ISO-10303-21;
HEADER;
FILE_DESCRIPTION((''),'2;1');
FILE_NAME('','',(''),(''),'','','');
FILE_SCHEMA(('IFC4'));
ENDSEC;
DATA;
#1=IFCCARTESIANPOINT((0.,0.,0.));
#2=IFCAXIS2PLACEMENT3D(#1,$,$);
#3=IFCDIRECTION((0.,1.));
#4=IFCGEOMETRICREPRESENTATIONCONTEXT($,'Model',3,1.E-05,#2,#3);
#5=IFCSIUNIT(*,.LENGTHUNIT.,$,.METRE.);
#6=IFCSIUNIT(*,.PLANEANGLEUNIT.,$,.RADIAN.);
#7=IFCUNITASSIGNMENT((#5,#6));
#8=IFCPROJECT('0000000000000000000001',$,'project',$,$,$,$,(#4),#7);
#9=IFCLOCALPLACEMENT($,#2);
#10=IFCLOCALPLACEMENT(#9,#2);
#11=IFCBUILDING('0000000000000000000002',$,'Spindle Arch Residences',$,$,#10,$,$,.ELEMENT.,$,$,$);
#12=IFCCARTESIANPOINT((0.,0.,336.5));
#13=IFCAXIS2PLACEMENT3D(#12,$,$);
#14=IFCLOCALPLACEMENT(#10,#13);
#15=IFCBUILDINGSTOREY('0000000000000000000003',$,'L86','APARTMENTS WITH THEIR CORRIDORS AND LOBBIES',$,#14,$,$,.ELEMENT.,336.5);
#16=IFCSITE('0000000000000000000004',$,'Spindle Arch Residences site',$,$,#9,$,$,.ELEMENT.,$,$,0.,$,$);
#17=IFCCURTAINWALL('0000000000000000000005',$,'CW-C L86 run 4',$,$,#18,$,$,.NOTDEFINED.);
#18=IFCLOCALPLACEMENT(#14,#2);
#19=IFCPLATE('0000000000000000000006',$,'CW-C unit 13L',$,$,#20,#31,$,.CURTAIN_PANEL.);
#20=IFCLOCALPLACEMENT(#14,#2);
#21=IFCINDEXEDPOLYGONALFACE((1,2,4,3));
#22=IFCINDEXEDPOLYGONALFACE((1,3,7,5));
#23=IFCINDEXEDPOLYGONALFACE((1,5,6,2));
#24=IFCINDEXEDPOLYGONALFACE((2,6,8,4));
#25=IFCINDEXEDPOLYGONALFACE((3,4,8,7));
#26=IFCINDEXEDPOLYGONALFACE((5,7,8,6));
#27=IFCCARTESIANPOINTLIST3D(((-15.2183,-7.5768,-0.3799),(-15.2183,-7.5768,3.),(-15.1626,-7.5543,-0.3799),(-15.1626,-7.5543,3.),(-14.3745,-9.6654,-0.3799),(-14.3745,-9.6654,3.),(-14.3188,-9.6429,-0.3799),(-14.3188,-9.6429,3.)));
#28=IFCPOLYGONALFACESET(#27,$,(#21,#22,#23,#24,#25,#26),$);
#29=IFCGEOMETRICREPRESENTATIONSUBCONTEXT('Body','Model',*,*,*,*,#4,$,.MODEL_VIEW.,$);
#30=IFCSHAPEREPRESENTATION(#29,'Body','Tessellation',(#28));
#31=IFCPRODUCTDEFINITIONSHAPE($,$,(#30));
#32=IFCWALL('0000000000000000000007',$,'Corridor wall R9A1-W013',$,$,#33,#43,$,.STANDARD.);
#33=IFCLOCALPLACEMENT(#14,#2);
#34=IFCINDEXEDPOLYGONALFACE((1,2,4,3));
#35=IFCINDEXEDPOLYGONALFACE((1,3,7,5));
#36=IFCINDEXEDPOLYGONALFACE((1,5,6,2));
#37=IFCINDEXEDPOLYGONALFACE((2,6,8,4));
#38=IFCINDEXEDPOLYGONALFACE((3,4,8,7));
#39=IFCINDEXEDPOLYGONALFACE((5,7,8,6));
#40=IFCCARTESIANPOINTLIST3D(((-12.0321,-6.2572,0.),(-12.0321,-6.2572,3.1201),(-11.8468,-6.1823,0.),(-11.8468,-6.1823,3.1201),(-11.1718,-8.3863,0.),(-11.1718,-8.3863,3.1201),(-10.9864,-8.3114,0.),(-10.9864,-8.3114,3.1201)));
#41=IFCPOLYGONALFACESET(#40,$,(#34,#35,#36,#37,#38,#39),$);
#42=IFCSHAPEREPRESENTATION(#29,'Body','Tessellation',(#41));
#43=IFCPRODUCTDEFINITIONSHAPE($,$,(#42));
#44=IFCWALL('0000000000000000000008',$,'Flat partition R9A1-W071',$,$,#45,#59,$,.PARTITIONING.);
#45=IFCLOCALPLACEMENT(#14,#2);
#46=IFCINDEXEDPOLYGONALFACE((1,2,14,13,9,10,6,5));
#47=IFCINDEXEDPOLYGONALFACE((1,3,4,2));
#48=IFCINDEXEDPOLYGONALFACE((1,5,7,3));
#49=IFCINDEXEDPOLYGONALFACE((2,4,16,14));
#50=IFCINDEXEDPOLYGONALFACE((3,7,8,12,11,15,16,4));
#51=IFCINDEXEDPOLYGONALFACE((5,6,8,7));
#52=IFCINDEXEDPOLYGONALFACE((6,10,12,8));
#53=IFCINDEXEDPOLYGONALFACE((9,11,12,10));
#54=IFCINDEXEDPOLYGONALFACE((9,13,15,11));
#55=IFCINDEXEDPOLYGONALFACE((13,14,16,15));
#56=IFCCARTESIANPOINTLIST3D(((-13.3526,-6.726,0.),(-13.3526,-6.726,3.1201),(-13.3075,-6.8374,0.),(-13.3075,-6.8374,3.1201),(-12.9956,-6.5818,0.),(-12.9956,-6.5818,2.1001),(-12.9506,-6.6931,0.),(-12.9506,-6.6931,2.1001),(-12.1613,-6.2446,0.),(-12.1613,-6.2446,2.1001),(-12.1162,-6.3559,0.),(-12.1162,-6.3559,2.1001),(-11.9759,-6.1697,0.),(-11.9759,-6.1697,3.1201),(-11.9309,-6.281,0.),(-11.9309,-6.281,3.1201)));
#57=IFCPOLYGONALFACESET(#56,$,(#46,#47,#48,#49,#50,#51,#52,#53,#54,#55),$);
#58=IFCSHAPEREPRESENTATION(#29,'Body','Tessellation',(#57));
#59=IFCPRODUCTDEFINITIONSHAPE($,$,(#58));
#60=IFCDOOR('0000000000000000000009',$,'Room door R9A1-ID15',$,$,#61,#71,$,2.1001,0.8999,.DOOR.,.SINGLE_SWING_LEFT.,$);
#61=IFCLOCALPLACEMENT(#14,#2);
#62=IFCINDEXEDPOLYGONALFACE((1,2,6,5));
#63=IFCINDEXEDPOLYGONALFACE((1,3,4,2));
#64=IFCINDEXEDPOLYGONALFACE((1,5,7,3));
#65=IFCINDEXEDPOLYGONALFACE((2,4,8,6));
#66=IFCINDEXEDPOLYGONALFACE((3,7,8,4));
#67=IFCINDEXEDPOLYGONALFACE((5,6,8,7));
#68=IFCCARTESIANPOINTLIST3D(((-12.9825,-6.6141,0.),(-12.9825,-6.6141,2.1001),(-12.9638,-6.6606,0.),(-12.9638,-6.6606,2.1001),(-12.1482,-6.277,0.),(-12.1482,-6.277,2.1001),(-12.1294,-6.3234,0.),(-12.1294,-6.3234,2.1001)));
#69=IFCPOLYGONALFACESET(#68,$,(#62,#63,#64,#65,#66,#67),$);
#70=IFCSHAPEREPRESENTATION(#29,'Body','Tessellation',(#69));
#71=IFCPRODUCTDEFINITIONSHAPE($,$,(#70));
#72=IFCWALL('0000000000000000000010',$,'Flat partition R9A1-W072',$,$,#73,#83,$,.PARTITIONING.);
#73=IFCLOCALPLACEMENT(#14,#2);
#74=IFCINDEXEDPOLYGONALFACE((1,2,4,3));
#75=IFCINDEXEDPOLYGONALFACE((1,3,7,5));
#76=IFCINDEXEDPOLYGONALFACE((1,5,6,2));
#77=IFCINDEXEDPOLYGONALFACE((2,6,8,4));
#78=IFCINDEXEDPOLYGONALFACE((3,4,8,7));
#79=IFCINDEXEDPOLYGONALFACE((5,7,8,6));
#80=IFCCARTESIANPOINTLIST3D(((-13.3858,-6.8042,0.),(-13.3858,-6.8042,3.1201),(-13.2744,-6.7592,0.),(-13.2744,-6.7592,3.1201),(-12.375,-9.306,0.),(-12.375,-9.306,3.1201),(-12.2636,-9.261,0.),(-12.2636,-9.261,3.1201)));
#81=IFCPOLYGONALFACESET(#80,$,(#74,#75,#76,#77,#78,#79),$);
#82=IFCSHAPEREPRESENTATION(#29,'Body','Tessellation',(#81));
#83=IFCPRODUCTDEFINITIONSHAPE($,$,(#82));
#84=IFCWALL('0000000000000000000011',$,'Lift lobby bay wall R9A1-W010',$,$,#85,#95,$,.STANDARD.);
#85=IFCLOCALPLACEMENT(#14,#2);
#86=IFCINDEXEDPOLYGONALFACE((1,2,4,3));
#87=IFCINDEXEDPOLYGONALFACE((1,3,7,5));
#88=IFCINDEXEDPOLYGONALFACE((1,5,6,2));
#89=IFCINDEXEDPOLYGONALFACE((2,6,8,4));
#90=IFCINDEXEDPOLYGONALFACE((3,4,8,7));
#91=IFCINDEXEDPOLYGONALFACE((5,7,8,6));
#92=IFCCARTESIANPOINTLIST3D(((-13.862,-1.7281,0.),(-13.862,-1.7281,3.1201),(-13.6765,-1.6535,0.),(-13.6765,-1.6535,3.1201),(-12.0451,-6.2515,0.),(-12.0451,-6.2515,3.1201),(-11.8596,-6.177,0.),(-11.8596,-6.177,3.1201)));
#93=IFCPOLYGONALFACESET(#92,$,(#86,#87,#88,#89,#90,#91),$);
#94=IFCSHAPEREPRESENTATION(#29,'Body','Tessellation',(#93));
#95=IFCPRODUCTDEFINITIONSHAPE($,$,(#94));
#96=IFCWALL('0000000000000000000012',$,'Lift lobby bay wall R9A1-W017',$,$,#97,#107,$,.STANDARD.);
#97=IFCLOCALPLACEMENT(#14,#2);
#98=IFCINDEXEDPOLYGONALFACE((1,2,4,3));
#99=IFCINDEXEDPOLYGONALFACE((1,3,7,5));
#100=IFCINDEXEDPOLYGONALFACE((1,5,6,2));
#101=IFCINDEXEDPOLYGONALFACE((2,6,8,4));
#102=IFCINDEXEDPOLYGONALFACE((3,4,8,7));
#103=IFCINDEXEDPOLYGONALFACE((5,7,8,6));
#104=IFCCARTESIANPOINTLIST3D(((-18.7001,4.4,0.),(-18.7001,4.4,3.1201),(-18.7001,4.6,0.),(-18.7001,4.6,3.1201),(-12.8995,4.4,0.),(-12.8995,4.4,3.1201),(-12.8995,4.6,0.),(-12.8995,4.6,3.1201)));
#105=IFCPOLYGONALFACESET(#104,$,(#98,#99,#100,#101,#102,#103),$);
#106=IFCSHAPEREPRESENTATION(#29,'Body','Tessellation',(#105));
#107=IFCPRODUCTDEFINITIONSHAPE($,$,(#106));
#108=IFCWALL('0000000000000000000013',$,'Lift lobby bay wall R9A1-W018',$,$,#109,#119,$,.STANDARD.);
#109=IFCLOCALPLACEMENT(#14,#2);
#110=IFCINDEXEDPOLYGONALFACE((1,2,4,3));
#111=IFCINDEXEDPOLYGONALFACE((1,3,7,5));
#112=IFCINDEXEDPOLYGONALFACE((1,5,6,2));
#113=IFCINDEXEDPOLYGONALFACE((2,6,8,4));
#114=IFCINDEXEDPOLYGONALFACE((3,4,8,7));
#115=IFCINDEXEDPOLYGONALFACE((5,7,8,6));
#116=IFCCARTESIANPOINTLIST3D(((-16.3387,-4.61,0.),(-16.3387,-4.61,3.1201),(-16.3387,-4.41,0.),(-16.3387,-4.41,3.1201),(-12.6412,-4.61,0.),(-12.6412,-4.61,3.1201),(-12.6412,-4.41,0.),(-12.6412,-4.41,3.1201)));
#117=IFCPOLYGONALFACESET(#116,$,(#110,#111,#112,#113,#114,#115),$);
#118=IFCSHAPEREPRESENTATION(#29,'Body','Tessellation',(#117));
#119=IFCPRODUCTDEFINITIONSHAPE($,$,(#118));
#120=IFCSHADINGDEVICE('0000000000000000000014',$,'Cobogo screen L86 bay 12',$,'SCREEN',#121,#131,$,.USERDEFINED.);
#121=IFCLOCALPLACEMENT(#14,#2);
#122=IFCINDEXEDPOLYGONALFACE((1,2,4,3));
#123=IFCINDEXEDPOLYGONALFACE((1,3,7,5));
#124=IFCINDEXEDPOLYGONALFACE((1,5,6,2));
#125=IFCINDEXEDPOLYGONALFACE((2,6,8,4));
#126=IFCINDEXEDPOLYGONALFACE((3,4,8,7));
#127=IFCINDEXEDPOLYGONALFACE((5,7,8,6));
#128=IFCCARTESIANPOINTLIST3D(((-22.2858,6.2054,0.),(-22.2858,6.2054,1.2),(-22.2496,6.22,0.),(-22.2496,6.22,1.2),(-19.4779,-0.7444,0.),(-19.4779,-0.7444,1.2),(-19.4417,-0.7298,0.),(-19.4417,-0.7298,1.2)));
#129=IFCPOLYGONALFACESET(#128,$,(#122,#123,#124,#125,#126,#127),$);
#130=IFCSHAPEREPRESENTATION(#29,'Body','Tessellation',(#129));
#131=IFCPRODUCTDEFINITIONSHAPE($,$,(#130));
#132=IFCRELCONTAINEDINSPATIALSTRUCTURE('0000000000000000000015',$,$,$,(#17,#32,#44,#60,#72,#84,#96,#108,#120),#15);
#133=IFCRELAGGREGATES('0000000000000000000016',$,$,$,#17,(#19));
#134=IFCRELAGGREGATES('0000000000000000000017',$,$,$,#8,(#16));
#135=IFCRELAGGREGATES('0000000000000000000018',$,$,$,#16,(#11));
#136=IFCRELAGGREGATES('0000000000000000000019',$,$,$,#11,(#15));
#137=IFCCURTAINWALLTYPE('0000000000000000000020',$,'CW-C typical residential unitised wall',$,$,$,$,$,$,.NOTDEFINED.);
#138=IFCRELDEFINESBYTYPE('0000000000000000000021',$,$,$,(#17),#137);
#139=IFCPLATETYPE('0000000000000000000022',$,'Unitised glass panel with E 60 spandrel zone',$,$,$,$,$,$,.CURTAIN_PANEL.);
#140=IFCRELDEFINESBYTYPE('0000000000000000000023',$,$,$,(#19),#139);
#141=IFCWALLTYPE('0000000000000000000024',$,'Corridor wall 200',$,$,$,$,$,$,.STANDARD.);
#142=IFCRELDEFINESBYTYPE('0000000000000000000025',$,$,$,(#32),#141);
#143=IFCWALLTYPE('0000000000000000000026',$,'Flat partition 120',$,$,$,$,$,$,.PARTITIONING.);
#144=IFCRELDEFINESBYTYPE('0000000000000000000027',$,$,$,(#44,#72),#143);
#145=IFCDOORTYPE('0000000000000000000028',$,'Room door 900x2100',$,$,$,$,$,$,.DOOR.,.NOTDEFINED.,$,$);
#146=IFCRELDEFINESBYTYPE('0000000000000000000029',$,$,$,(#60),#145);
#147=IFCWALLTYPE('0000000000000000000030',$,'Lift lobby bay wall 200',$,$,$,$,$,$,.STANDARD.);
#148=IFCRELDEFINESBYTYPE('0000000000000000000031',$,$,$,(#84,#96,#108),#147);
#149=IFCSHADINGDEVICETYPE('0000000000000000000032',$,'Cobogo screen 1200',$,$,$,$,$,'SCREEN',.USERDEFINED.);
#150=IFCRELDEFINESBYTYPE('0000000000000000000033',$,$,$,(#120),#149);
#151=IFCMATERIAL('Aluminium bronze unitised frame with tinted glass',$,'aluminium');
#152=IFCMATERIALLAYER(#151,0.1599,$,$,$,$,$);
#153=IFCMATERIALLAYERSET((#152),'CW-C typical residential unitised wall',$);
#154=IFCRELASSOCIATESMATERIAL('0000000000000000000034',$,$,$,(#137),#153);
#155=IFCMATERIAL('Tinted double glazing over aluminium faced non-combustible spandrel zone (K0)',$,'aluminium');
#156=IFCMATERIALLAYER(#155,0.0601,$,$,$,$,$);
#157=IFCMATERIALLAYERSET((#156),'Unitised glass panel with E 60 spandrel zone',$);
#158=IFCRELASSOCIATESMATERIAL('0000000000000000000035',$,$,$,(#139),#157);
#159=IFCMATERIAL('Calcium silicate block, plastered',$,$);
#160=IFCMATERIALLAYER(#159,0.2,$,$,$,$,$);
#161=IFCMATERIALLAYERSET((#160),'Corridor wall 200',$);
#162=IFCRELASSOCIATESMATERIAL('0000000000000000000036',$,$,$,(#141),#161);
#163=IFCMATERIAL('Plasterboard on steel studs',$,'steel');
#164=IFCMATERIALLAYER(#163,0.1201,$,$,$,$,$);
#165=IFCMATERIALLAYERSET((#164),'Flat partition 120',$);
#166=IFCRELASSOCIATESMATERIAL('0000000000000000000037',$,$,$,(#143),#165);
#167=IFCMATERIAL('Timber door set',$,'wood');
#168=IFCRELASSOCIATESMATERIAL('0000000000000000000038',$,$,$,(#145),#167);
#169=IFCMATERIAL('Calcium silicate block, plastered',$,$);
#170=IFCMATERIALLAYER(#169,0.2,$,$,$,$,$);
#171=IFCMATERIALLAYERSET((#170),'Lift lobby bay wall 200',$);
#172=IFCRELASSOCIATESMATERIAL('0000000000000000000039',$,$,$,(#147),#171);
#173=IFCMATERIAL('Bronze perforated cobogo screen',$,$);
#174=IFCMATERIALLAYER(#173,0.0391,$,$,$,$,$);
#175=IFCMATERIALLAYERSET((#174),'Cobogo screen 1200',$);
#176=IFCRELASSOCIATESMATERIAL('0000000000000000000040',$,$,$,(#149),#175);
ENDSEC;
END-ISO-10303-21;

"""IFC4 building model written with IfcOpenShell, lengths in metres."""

from ifc_helpers import new_model, si_unit, direction, frame, frame_2d, origin, origin_2d, place, context, subcontext, project, spatial, rectangle, extrude, material, layer, layer_set, type_object, element, fill, aggregate, save


model = new_model("IFC4")

# Units and contexts
model_context = context("Model", 3, precision=1e-05, world=origin(), true_north=direction((0.0, 1.0)))
body_context = subcontext(model_context, "Body", "Model", "MODEL_VIEW")
ifc_project = project(units=[si_unit("LENGTHUNIT", "METRE"), si_unit("PLANEANGLEUNIT", "RADIAN")], contexts=[model_context])

# Site, building, storey
site_placement = place(None, origin())
site = spatial("IfcSite", under=ifc_project, at=site_placement, Name="Spindle Arch Residences site", CompositionType="ELEMENT", RefElevation=0.0)
building_placement = place(site_placement, origin())
building = spatial("IfcBuilding", under=site, at=building_placement, Name="Spindle Arch Residences", CompositionType="ELEMENT")
storey_placement = place(building_placement, frame((0.0, 0.0, 336.5)))
storey = spatial("IfcBuildingStorey", under=building, at=storey_placement, Name="L86", Description="APARTMENTS WITH THEIR CORRIDORS AND LOBBIES", CompositionType="ELEMENT", Elevation=336.5)

# Curtain wall
ifc_material_1 = material(Name="Aluminium bronze unitised frame with tinted glass", Category="aluminium")
ifc_layer_1 = layer(ifc_material_1, 0.1599)
ifc_layer_set_1 = layer_set([ifc_layer_1], Name="CW-C typical residential unitised wall")
curtain_wall_type = type_object("IfcCurtainWallType", Name="CW-C typical residential unitised wall", PredefinedType="NOTDEFINED", material=ifc_layer_set_1)
curtain_wall_placement = place(storey_placement, origin())
curtain_wall = element("IfcCurtainWall", 1, at=curtain_wall_placement, inside=storey, type_object=curtain_wall_type, Name="CW-C L86 run 4", PredefinedType="NOTDEFINED")

# Plate
ifc_material_2 = material(Name="Tinted double glazing over aluminium faced non-combustible spandrel zone (K0)", Category="aluminium")
ifc_layer_2 = layer(ifc_material_2, 0.0601)
ifc_layer_set_2 = layer_set([ifc_layer_2], Name="Unitised glass panel with E 60 spandrel zone")
plate_type = type_object("IfcPlateType", Name="Unitised glass panel with E 60 spandrel zone", PredefinedType="CURTAIN_PANEL", material=ifc_layer_set_2)
plate_1_placement = place(storey_placement, frame((-14.7686, -8.6099, -0.3799), z_axis=(0.0, 0.0, 1.0), x_axis=(0.374607, -0.927184, 0.0)))
plate_1 = element("IfcPlate", 2, at=plate_1_placement, type_object=plate_type, Name="CW-C unit 13L", PredefinedType="CURTAIN_PANEL", context=body_context, shape_type="SweptSolid", body=[
    extrude(rectangle(XDim=2.2527, YDim=0.0601, at=origin_2d()), origin(), (0.0, 0.0, 1.0), 3.3799),
])
aggregate(curtain_wall, [plate_1])

# Wall
ifc_material_3 = material(Name="Calcium silicate block, plastered")
ifc_layer_3 = layer(ifc_material_3, 0.2)
ifc_layer_set_3 = layer_set([ifc_layer_3], Name="Corridor wall 200")
wall_type_1 = type_object("IfcWallType", Name="Corridor wall 200", PredefinedType="STANDARD", material=ifc_layer_set_3)
wall_1_placement = place(storey_placement, frame((-11.9395, -6.2197, 0.0), z_axis=(0.0, 0.0, 1.0), x_axis=(0.374651, -0.927166, 0.0)))
element("IfcWall", 3, at=wall_1_placement, inside=storey, type_object=wall_type_1, Name="Corridor wall R9A1-W013", PredefinedType="STANDARD", context=body_context, shape_type="SweptSolid", body=[
    extrude(rectangle(XDim=2.2964, YDim=0.2, at=frame_2d((1.1482, 0.0))), origin(), (0.0, 0.0, 1.0), 3.1201),
])

# Wall, opening, door
ifc_material_4 = material(Name="Plasterboard on steel studs", Category="steel")
ifc_layer_4 = layer(ifc_material_4, 0.1201)
ifc_layer_set_4 = layer_set([ifc_layer_4], Name="Flat partition 120")
wall_type_2 = type_object("IfcWallType", Name="Flat partition 120", PredefinedType="PARTITIONING", material=ifc_layer_set_4)
wall_2_placement = place(storey_placement, frame((-11.9534, -6.2253, 0.0), z_axis=(0.0, 0.0, 1.0), x_axis=(-0.927144, -0.374705, 0.0)))
wall_2 = element("IfcWall", 4, at=wall_2_placement, inside=storey, type_object=wall_type_2, Name="Flat partition R9A1-W071", PredefinedType="PARTITIONING", context=body_context, shape_type="SweptSolid", body=[
    extrude(rectangle(XDim=1.4849, YDim=0.1201, at=frame_2d((0.7424, 0.0))), origin(), (0.0, 0.0, 1.0), 3.1201),
])
opening_1_placement = place(wall_2_placement, frame((0.2, 0.0, 0.0)))
opening_1 = element("IfcOpeningElement", 5, at=opening_1_placement, cuts=wall_2, PredefinedType="OPENING", context=body_context, shape_type="SweptSolid", body=[
    extrude(rectangle(XDim=0.8999, YDim=2.1001, at=frame_2d((0.45, 1.05))), frame((0.0, 0.0701, 0.0), z_axis=(0.0, -1.0, 0.0), x_axis=(1.0, 0.0, 0.0)), (0.0, 0.0, 1.0), 0.1401),
])
ifc_material_5 = material(Name="Timber door set", Category="wood")
door_type_1 = type_object("IfcDoorType", Name="Room door 900x2100", OperationType="NOTDEFINED", PredefinedType="DOOR", material=ifc_material_5)
door_1_placement = place(opening_1_placement, origin())
door_1 = element("IfcDoor", 6, at=door_1_placement, inside=storey, type_object=door_type_1, Name="Room door R9A1-ID15", OperationType="SINGLE_SWING_LEFT", OverallHeight=2.1001, OverallWidth=0.8999, PredefinedType="DOOR", context=body_context, shape_type="SweptSolid", body=[
    extrude(rectangle(XDim=0.8999, YDim=2.1001, at=frame_2d((0.45, 1.05))), frame((0.0, 0.0249, 0.0), z_axis=(0.0, -1.0, 0.0), x_axis=(1.0, 0.0, 0.0)), (0.0, 0.0, 1.0), 0.05),
])
fill(opening_1, door_1)

# Wall
wall_3_placement = place(storey_placement, frame((-13.3301, -6.7817, 0.0), z_axis=(0.0, 0.0, 1.0), x_axis=(0.374602, -0.927186, 0.0)))
element("IfcWall", 7, at=wall_3_placement, inside=storey, type_object=wall_type_2, Name="Flat partition R9A1-W072", PredefinedType="PARTITIONING", context=body_context, shape_type="SweptSolid", body=[
    extrude(rectangle(XDim=2.6982, YDim=0.1201, at=frame_2d((1.3491, 0.0))), origin(), (0.0, 0.0, 1.0), 3.1201),
])

# Walls
ifc_material_6 = material(Name="Calcium silicate block, plastered")
ifc_layer_5 = layer(ifc_material_6, 0.2)
ifc_layer_set_5 = layer_set([ifc_layer_5], Name="Lift lobby bay wall 200")
wall_type_3 = type_object("IfcWallType", Name="Lift lobby bay wall 200", PredefinedType="STANDARD", material=ifc_layer_set_5)
wall_4_placement = place(storey_placement, frame((-13.7693, -1.6907, 0.0), z_axis=(0.0, 0.0, 1.0), x_axis=(0.37272, -0.927944, 0.0)))
element("IfcWall", 8, at=wall_4_placement, inside=storey, type_object=wall_type_3, Name="Lift lobby bay wall R9A1-W010", PredefinedType="STANDARD", context=body_context, shape_type="SweptSolid", body=[
    extrude(rectangle(XDim=4.8748, YDim=0.2, at=frame_2d((2.4375, 0.0))), origin(), (0.0, 0.0, 1.0), 3.1201),
])
wall_5_placement = place(storey_placement, frame((-12.8994, 4.5, 0.0), z_axis=(0.0, 0.0, 1.0), x_axis=(-1.0, 0.0, 0.0)))
element("IfcWall", 9, at=wall_5_placement, inside=storey, type_object=wall_type_3, Name="Lift lobby bay wall R9A1-W017", PredefinedType="STANDARD", context=body_context, shape_type="SweptSolid", body=[
    extrude(rectangle(XDim=5.8005, YDim=0.2, at=frame_2d((2.9004, 0.0))), origin(), (0.0, 0.0, 1.0), 3.1201),
])
wall_6_placement = place(storey_placement, frame((-16.3386, -4.51, 0.0), z_axis=(0.0, 0.0, 1.0), x_axis=(1.0, 0.0, 0.0)))
element("IfcWall", 10, at=wall_6_placement, inside=storey, type_object=wall_type_3, Name="Lift lobby bay wall R9A1-W018", PredefinedType="STANDARD", context=body_context, shape_type="SweptSolid", body=[
    extrude(rectangle(XDim=3.6975, YDim=0.2, at=frame_2d((1.8486, 0.0))), origin(), (0.0, 0.0, 1.0), 3.1201),
])

# Shading device
ifc_material_7 = material(Name="Bronze perforated cobogo screen")
ifc_layer_6 = layer(ifc_material_7, 0.0391)
ifc_layer_set_6 = layer_set([ifc_layer_6], Name="Cobogo screen 1200")
shading_device_type = type_object("IfcShadingDeviceType", Name="Cobogo screen 1200", ElementType="SCREEN", PredefinedType="USERDEFINED", material=ifc_layer_set_6)
shading_device_placement = place(storey_placement, frame((-20.8638, 2.7378, 0.0), z_axis=(0.0, 0.0, 1.0), x_axis=(0.374607, -0.927184, 0.0)))
element("IfcShadingDevice", 11, at=shading_device_placement, inside=storey, type_object=shading_device_type, Name="Cobogo screen L86 bay 12", ObjectType="SCREEN", PredefinedType="USERDEFINED", context=body_context, shape_type="SweptSolid", body=[
    extrude(rectangle(XDim=7.4956, YDim=0.0391, at=origin_2d()), origin(), (0.0, 0.0, 1.0), 1.2),
])

save(model, "model.ifc")
